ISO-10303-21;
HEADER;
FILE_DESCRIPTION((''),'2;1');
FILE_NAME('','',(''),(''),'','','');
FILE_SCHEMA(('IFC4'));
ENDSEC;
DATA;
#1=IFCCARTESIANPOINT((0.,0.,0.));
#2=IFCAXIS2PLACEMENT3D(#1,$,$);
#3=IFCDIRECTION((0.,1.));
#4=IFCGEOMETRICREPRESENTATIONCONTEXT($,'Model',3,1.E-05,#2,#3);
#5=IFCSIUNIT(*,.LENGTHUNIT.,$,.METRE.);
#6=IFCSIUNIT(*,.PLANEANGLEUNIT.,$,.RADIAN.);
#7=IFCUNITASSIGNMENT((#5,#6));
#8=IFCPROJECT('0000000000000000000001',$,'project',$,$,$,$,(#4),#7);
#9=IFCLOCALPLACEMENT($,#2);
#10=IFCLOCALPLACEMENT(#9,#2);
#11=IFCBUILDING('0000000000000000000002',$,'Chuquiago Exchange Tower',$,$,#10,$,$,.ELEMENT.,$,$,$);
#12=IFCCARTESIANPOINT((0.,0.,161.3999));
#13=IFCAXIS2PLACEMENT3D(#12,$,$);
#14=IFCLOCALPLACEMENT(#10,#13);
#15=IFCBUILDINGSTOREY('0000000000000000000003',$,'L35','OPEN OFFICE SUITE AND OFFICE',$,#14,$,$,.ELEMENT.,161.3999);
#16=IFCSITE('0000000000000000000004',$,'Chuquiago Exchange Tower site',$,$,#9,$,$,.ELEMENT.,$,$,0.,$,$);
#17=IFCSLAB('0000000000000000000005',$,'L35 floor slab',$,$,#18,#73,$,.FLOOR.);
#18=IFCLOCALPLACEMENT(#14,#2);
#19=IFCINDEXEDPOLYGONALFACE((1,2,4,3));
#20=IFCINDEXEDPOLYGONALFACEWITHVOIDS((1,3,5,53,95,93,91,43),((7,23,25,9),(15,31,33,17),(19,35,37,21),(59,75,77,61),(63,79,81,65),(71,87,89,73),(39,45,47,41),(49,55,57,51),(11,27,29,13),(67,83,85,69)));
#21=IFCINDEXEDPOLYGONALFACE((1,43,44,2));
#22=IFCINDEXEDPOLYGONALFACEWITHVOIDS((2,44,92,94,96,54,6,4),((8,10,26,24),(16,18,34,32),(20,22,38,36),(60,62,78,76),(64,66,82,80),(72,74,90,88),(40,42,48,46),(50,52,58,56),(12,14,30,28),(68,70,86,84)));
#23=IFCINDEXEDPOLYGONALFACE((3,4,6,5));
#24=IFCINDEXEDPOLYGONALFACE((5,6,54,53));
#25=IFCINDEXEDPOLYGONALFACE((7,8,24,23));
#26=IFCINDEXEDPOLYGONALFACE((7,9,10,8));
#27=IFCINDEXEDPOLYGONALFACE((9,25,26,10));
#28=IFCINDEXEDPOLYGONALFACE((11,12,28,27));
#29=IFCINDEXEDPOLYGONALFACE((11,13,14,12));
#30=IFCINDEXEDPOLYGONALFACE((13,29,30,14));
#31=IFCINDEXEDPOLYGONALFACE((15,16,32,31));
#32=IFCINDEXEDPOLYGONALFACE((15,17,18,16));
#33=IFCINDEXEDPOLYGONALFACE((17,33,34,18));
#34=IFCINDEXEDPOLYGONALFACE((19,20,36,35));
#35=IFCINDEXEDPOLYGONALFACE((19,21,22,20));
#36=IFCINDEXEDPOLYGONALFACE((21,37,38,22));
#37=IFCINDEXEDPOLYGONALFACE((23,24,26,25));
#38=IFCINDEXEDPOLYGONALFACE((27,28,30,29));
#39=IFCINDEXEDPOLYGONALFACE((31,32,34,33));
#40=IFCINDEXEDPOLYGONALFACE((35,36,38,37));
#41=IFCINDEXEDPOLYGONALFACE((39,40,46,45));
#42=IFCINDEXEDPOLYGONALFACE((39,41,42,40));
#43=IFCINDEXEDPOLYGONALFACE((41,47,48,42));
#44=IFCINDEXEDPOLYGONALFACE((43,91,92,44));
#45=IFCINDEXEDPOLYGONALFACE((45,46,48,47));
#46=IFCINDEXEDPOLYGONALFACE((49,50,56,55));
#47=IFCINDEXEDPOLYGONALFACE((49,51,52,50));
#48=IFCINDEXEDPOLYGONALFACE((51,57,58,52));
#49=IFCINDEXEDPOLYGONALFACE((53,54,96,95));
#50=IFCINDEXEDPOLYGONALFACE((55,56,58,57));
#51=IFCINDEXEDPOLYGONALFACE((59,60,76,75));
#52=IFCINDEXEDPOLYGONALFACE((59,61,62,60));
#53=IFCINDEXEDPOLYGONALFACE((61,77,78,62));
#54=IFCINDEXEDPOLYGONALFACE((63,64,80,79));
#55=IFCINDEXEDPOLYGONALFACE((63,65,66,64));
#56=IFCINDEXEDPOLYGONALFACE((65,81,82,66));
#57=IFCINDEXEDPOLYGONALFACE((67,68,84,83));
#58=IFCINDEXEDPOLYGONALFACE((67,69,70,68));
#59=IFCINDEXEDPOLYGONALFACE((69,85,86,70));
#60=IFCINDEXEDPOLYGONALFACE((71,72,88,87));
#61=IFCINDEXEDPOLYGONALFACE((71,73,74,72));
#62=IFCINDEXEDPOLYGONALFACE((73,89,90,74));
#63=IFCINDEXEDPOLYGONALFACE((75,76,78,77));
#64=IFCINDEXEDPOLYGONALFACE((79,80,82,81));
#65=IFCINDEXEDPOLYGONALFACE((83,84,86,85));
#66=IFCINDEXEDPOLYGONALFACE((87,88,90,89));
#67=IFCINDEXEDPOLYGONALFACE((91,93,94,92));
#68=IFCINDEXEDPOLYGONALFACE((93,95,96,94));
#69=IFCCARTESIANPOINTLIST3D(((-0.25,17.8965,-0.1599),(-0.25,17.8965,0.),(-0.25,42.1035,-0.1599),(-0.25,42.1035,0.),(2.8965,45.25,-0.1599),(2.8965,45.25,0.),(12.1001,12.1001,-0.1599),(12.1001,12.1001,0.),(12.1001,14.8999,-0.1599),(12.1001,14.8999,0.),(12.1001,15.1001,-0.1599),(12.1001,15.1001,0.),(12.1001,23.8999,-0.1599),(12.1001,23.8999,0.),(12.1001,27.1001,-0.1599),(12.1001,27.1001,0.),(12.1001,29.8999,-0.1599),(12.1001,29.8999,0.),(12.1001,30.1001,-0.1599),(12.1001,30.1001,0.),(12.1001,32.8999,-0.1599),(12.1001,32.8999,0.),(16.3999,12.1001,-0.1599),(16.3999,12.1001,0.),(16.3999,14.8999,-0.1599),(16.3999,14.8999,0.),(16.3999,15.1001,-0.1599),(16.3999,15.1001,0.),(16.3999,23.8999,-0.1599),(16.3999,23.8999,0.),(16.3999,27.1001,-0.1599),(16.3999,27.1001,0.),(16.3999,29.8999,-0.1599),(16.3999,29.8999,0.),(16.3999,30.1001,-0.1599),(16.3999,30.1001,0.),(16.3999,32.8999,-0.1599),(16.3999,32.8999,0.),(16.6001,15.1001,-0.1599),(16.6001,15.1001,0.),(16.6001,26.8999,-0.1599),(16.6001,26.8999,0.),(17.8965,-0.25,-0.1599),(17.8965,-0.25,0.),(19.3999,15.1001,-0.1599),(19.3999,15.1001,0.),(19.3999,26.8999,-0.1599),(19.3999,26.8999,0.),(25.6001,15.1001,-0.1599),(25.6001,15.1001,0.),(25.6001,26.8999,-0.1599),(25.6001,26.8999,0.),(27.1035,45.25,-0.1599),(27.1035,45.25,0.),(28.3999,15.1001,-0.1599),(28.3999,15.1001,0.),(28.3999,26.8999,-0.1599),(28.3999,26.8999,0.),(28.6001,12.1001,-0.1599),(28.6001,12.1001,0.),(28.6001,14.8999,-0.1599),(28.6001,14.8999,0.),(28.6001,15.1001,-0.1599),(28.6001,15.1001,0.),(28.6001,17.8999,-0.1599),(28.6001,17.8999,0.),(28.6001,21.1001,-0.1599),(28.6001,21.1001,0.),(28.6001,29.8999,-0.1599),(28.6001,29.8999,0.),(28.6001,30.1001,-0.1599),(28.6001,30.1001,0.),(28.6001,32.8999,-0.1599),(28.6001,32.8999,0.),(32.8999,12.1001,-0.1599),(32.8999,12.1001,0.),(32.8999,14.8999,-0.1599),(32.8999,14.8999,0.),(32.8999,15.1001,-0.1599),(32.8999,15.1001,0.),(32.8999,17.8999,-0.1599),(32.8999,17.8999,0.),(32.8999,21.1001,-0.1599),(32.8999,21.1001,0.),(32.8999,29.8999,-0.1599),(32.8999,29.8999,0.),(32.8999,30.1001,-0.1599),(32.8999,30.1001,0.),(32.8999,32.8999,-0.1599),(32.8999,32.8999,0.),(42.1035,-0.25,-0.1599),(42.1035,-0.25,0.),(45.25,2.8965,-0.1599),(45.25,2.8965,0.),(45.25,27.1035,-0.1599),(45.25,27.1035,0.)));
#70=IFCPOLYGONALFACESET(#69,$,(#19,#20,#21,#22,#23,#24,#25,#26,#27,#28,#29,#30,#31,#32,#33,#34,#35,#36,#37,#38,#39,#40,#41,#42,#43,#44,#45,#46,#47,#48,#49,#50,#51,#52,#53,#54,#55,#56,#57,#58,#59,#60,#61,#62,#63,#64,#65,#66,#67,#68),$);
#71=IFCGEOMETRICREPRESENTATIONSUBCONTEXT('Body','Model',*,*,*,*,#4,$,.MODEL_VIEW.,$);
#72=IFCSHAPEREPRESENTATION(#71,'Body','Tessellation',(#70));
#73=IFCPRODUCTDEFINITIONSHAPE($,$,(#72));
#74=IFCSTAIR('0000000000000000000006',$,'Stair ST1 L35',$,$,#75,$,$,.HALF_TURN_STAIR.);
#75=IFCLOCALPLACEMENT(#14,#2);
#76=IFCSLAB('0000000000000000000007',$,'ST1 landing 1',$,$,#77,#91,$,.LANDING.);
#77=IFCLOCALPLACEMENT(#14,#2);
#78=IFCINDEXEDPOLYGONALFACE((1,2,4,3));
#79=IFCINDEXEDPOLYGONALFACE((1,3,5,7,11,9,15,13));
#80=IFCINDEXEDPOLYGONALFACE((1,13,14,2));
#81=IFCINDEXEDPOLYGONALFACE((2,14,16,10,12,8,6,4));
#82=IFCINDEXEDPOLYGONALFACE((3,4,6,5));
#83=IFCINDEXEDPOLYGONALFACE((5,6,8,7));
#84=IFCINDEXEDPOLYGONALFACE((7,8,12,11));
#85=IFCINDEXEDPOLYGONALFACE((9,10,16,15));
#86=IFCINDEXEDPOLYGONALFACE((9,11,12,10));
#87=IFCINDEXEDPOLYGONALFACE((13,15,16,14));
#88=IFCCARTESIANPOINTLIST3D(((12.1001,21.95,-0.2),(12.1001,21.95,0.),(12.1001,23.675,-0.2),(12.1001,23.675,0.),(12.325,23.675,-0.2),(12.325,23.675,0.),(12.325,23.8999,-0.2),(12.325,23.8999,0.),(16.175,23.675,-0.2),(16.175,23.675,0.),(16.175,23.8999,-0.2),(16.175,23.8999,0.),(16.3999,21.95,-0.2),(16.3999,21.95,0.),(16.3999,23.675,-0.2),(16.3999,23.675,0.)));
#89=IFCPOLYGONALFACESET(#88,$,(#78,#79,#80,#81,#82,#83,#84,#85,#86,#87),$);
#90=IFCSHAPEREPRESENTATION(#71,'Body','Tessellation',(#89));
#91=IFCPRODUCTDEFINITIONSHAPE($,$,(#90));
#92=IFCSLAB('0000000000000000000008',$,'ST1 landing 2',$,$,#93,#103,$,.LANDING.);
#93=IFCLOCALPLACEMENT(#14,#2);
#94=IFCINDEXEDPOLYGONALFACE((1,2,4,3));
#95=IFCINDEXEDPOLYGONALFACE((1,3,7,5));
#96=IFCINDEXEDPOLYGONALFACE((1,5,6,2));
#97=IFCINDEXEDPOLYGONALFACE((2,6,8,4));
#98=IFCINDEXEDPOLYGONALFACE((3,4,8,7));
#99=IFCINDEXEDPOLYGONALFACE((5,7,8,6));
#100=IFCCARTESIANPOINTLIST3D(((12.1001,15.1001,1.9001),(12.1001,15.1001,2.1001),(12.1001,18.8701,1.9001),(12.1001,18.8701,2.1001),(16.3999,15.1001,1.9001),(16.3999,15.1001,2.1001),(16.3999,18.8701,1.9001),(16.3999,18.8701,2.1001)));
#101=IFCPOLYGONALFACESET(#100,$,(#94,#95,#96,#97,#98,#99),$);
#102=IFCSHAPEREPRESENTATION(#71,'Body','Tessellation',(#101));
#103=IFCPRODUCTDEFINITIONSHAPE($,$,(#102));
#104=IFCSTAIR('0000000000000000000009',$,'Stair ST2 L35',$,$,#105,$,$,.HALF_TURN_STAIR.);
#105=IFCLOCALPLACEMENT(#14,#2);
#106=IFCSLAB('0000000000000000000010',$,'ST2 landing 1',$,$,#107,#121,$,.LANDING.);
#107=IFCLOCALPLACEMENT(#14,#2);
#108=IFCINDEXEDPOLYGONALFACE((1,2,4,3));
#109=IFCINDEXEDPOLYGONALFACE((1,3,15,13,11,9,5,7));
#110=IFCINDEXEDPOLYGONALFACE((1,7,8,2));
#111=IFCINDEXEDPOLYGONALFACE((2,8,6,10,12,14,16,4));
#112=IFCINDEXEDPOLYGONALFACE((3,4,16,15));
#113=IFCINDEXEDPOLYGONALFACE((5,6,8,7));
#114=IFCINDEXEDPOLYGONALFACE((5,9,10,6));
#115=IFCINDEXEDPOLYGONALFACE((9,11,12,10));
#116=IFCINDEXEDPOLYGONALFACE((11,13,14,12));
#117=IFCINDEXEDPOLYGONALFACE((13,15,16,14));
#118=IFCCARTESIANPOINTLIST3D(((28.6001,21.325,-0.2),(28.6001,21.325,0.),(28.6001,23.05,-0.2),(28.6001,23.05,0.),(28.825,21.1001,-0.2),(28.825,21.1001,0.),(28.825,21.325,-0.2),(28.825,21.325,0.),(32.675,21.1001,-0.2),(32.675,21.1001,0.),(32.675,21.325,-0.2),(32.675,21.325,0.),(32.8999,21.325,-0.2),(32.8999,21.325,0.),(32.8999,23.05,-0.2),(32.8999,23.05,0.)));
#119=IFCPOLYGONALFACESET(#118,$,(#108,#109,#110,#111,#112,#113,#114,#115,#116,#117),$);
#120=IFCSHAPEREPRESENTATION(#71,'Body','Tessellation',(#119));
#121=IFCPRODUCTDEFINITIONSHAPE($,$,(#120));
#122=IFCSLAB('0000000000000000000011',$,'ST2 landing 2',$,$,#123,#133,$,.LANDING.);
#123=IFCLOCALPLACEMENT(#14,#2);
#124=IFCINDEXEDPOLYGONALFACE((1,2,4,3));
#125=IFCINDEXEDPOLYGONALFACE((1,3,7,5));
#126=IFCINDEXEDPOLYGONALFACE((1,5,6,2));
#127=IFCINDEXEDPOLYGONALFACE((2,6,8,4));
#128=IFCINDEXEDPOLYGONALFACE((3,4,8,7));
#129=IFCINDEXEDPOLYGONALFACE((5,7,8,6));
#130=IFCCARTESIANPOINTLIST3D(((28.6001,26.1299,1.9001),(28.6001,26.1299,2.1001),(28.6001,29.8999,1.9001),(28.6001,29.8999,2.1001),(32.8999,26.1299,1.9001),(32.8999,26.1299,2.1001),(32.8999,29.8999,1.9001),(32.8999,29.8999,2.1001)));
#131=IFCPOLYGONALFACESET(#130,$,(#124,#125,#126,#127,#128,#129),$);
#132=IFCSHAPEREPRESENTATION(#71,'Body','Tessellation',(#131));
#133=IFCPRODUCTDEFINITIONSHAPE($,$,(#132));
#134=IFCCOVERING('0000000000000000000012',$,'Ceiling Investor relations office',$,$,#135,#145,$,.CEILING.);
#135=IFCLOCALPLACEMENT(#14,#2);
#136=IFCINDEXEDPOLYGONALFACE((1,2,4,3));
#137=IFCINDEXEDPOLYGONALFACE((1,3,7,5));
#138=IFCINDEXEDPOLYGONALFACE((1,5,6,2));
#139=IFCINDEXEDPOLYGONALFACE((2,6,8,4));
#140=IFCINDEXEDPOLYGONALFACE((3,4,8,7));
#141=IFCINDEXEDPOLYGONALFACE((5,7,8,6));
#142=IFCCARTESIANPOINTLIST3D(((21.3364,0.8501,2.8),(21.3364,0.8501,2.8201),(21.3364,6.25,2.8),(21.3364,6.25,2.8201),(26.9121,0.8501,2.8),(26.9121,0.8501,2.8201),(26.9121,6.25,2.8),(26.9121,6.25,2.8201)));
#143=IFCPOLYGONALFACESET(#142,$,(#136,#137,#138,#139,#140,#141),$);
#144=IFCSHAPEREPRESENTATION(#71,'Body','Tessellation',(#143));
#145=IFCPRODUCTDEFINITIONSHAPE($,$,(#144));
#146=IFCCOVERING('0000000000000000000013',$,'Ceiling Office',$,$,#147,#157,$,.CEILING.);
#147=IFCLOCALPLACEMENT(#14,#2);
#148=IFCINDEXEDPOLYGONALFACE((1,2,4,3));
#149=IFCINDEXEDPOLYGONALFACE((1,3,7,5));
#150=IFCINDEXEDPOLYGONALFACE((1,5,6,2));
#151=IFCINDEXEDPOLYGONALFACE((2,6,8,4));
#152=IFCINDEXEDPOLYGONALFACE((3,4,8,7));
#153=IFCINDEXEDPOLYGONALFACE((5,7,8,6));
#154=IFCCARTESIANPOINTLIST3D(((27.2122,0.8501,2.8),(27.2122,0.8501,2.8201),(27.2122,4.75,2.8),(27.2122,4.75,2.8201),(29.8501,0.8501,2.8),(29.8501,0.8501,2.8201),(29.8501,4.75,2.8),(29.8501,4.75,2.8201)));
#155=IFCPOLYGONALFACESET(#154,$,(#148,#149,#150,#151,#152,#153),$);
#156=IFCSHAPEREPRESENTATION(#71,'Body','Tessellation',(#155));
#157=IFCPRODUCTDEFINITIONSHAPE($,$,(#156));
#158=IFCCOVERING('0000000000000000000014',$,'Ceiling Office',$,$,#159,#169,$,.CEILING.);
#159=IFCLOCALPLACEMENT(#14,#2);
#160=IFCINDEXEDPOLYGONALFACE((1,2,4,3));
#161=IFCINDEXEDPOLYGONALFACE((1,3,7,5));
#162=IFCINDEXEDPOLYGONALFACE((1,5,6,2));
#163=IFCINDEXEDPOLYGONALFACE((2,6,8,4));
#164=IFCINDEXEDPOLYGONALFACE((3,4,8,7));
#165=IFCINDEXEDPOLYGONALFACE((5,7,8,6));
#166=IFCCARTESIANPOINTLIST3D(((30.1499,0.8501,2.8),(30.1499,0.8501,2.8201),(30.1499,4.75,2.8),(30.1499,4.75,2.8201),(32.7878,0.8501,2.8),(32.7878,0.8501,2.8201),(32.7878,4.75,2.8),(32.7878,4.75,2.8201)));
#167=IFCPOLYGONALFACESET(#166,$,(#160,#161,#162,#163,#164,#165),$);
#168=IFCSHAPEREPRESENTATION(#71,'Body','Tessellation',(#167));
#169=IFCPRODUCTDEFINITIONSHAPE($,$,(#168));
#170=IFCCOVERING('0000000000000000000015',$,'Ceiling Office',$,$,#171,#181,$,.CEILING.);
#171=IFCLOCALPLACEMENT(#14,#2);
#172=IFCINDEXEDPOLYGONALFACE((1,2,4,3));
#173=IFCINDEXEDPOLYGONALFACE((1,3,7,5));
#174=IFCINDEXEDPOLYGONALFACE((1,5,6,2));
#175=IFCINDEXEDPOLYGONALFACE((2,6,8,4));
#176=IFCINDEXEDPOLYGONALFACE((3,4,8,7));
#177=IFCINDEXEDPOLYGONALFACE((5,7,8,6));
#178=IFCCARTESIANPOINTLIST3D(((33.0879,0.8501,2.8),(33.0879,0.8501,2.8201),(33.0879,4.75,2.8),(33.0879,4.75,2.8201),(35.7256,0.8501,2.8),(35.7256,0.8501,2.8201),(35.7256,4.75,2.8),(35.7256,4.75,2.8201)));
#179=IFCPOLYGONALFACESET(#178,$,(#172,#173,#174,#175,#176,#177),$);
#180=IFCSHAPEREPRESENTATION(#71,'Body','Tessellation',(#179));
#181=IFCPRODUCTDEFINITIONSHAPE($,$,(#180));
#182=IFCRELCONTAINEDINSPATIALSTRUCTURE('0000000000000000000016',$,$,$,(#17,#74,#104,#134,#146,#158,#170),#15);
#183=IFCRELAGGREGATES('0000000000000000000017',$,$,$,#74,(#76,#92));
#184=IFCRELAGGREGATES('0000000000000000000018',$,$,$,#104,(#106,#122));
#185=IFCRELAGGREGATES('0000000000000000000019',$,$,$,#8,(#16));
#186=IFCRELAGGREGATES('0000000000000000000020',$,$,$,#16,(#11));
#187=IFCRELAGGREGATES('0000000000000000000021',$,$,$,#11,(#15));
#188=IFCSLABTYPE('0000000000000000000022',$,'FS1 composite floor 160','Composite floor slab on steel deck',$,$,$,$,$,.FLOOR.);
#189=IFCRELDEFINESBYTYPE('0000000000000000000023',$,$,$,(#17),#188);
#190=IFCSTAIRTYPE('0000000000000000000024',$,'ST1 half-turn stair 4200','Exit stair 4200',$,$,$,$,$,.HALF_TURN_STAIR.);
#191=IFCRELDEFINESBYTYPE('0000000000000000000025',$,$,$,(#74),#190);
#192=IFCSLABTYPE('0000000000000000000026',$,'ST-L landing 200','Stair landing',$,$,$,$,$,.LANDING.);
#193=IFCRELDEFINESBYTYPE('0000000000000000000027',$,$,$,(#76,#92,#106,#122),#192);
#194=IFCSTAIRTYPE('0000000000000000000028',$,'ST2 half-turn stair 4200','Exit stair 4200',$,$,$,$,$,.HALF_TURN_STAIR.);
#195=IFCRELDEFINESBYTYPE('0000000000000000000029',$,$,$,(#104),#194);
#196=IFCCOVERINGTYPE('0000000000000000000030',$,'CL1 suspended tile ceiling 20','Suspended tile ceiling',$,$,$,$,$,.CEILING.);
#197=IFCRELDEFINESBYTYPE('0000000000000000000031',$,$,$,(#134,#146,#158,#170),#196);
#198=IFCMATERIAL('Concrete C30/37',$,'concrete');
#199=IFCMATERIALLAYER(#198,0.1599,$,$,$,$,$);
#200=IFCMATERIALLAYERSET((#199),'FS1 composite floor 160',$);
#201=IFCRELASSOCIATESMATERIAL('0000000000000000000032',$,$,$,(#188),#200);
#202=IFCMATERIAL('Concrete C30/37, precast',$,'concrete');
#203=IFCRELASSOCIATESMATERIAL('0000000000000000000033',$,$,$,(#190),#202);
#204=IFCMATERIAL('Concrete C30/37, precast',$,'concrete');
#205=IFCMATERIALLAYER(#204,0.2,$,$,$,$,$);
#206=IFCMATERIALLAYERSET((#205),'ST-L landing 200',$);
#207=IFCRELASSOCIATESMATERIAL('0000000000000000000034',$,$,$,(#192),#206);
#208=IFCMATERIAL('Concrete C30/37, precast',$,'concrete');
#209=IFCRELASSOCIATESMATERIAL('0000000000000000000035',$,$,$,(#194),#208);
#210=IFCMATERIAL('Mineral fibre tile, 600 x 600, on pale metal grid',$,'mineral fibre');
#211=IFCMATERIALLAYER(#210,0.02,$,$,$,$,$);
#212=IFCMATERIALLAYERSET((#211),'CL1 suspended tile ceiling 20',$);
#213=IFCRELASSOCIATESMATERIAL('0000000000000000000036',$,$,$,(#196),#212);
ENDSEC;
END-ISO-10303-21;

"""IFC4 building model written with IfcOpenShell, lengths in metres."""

from ifc_helpers import new_model, si_unit, direction, frame, origin, place, context, subcontext, project, spatial, polyline, outline, extrude, material, layer, layer_set, type_object, element, aggregate, save


model = new_model("IFC4")

# Units and contexts
model_context = context("Model", 3, precision=1e-05, world=origin(), true_north=direction((0.0, 1.0)))
body_context = subcontext(model_context, "Body", "Model", "MODEL_VIEW")
ifc_project = project(units=[si_unit("LENGTHUNIT", "METRE"), si_unit("PLANEANGLEUNIT", "RADIAN")], contexts=[model_context])

# Site, building, storey
site_placement = place(None, origin())
site = spatial("IfcSite", under=ifc_project, at=site_placement, Name="Chuquiago Exchange Tower site", CompositionType="ELEMENT", RefElevation=0.0)
building_placement = place(site_placement, origin())
building = spatial("IfcBuilding", under=site, at=building_placement, Name="Chuquiago Exchange Tower", CompositionType="ELEMENT")
storey_placement = place(building_placement, frame((0.0, 0.0, 161.3999)))
storey = spatial("IfcBuildingStorey", under=building, at=storey_placement, Name="L35", Description="OPEN OFFICE SUITE AND OFFICE", CompositionType="ELEMENT", Elevation=161.3999)

# Slab
ifc_material_1 = material(Name="Concrete C30/37", Category="concrete")
ifc_layer_1 = layer(ifc_material_1, 0.1599)
ifc_layer_set_1 = layer_set([ifc_layer_1], Name="FS1 composite floor 160")
slab_type_1 = type_object("IfcSlabType", Name="FS1 composite floor 160", Description="Composite floor slab on steel deck", PredefinedType="FLOOR", material=ifc_layer_set_1)
slab_1_placement = place(storey_placement, frame((0.0, 0.0, -0.1599)))
element("IfcSlab", 1, at=slab_1_placement, inside=storey, type_object=slab_type_1, Name="L35 floor slab", PredefinedType="FLOOR", context=body_context, shape_type="SweptSolid", body=[
    extrude(outline(polyline([(17.8965, -0.25), (-0.25, 17.8965), (-0.25, 42.1035), (2.8965, 45.25), (27.1035, 45.25), (45.25, 27.1035), (45.25, 2.8965), (42.1035, -0.25), (17.8965, -0.25)]), holes=[polyline([(16.3999, 15.1001), (12.1001, 15.1001), (12.1001, 23.8999), (16.3999, 23.8999), (16.3999, 15.1001)]), polyline([(32.8999, 21.1001), (28.6001, 21.1001), (28.6001, 29.8999), (32.8999, 29.8999), (32.8999, 21.1001)]), polyline([(16.3999, 12.1001), (12.1001, 12.1001), (12.1001, 14.8999), (16.3999, 14.8999), (16.3999, 12.1001)]), polyline([(16.3999, 30.1001), (12.1001, 30.1001), (12.1001, 32.8999), (16.3999, 32.8999), (16.3999, 30.1001)]), polyline([(32.8999, 12.1001), (28.6001, 12.1001), (28.6001, 14.8999), (32.8999, 14.8999), (32.8999, 12.1001)]), polyline([(32.8999, 30.1001), (28.6001, 30.1001), (28.6001, 32.8999), (32.8999, 32.8999), (32.8999, 30.1001)]), polyline([(16.3999, 27.1001), (12.1001, 27.1001), (12.1001, 29.8999), (16.3999, 29.8999), (16.3999, 27.1001)]), polyline([(32.8999, 15.1001), (28.6001, 15.1001), (28.6001, 17.8999), (32.8999, 17.8999), (32.8999, 15.1001)]), polyline([(19.3999, 15.1001), (16.6001, 15.1001), (16.6001, 26.8999), (19.3999, 26.8999), (19.3999, 15.1001)]), polyline([(28.3999, 15.1001), (25.6001, 15.1001), (25.6001, 26.8999), (28.3999, 26.8999), (28.3999, 15.1001)])]), origin(), (0.0, 0.0, 1.0), 0.1599),
])

# Stairs, slabs
ifc_material_2 = material(Name="Concrete C30/37, precast", Category="concrete")
stair_type_1 = type_object("IfcStairType", Name="ST1 half-turn stair 4200", Description="Exit stair 4200", PredefinedType="HALF_TURN_STAIR", material=ifc_material_2)
stair_1_placement = place(storey_placement, origin())
stair_1 = element("IfcStair", 2, at=stair_1_placement, inside=storey, type_object=stair_type_1, Name="Stair ST1 L35", PredefinedType="HALF_TURN_STAIR")
ifc_material_3 = material(Name="Concrete C30/37, precast", Category="concrete")
ifc_layer_2 = layer(ifc_material_3, 0.2)
ifc_layer_set_2 = layer_set([ifc_layer_2], Name="ST-L landing 200")
slab_type_2 = type_object("IfcSlabType", Name="ST-L landing 200", Description="Stair landing", PredefinedType="LANDING", material=ifc_layer_set_2)
slab_2_placement = place(storey_placement, frame((0.0, 0.0, -0.2)))
slab_2 = element("IfcSlab", 3, at=slab_2_placement, type_object=slab_type_2, Name="ST1 landing 1", PredefinedType="LANDING", context=body_context, shape_type="SweptSolid", body=[
    extrude(outline(polyline([(12.325, 23.8999), (16.175, 23.8999), (16.175, 23.675), (16.3999, 23.675), (16.3999, 21.95), (12.1001, 21.95), (12.1001, 23.675), (12.325, 23.675), (12.325, 23.8999)])), origin(), (0.0, 0.0, 1.0), 0.2),
])
slab_3_placement = place(storey_placement, frame((0.0, 0.0, 1.9001)))
slab_3 = element("IfcSlab", 4, at=slab_3_placement, type_object=slab_type_2, Name="ST1 landing 2", PredefinedType="LANDING", context=body_context, shape_type="SweptSolid", body=[
    extrude(outline(polyline([(12.1001, 18.8701), (16.3999, 18.8701), (16.3999, 15.1001), (12.1001, 15.1001), (12.1001, 18.8701)])), origin(), (0.0, 0.0, 1.0), 0.2),
])
aggregate(stair_1, [slab_2, slab_3])
ifc_material_4 = material(Name="Concrete C30/37, precast", Category="concrete")
stair_type_2 = type_object("IfcStairType", Name="ST2 half-turn stair 4200", Description="Exit stair 4200", PredefinedType="HALF_TURN_STAIR", material=ifc_material_4)
stair_2_placement = place(storey_placement, origin())
stair_2 = element("IfcStair", 5, at=stair_2_placement, inside=storey, type_object=stair_type_2, Name="Stair ST2 L35", PredefinedType="HALF_TURN_STAIR")
slab_4_placement = place(storey_placement, frame((0.0, 0.0, -0.2)))
slab_4 = element("IfcSlab", 6, at=slab_4_placement, type_object=slab_type_2, Name="ST2 landing 1", PredefinedType="LANDING", context=body_context, shape_type="SweptSolid", body=[
    extrude(outline(polyline([(32.675, 21.325), (32.675, 21.1001), (28.825, 21.1001), (28.825, 21.325), (28.6001, 21.325), (28.6001, 23.05), (32.8999, 23.05), (32.8999, 21.325), (32.675, 21.325)])), origin(), (0.0, 0.0, 1.0), 0.2),
])
slab_5_placement = place(storey_placement, frame((0.0, 0.0, 1.9001)))
slab_5 = element("IfcSlab", 7, at=slab_5_placement, type_object=slab_type_2, Name="ST2 landing 2", PredefinedType="LANDING", context=body_context, shape_type="SweptSolid", body=[
    extrude(outline(polyline([(28.6001, 29.8999), (32.8999, 29.8999), (32.8999, 26.1299), (28.6001, 26.1299), (28.6001, 29.8999)])), origin(), (0.0, 0.0, 1.0), 0.2),
])
aggregate(stair_2, [slab_4, slab_5])

# Coverings
ifc_material_5 = material(Name="Mineral fibre tile, 600 x 600, on pale metal grid", Category="mineral fibre")
ifc_layer_3 = layer(ifc_material_5, 0.02)
ifc_layer_set_3 = layer_set([ifc_layer_3], Name="CL1 suspended tile ceiling 20")
covering_type_1 = type_object("IfcCoveringType", Name="CL1 suspended tile ceiling 20", Description="Suspended tile ceiling", PredefinedType="CEILING", material=ifc_layer_set_3)
covering_1_placement = place(storey_placement, frame((0.0, 0.0, 2.8)))
element("IfcCovering", 8, at=covering_1_placement, inside=storey, type_object=covering_type_1, Name="Ceiling Investor relations office", PredefinedType="CEILING", context=body_context, shape_type="SweptSolid", body=[
    extrude(outline(polyline([(21.3364, 6.25), (26.9121, 6.25), (26.9121, 0.8501), (21.3364, 0.8501), (21.3364, 6.25)])), origin(), (0.0, 0.0, 1.0), 0.02),
])
covering_2_placement = place(storey_placement, frame((0.0, 0.0, 2.8)))
element("IfcCovering", 9, at=covering_2_placement, inside=storey, type_object=covering_type_1, Name="Ceiling Office", PredefinedType="CEILING", context=body_context, shape_type="SweptSolid", body=[
    extrude(outline(polyline([(27.2122, 4.75), (29.8501, 4.75), (29.8501, 0.8501), (27.2122, 0.8501), (27.2122, 4.75)])), origin(), (0.0, 0.0, 1.0), 0.02),
])
covering_3_placement = place(storey_placement, frame((0.0, 0.0, 2.8)))
element("IfcCovering", 10, at=covering_3_placement, inside=storey, type_object=covering_type_1, Name="Ceiling Office", PredefinedType="CEILING", context=body_context, shape_type="SweptSolid", body=[
    extrude(outline(polyline([(30.1499, 4.75), (32.7878, 4.75), (32.7878, 0.8501), (30.1499, 0.8501), (30.1499, 4.75)])), origin(), (0.0, 0.0, 1.0), 0.02),
])
covering_4_placement = place(storey_placement, frame((0.0, 0.0, 2.8)))
element("IfcCovering", 11, at=covering_4_placement, inside=storey, type_object=covering_type_1, Name="Ceiling Office", PredefinedType="CEILING", context=body_context, shape_type="SweptSolid", body=[
    extrude(outline(polyline([(33.0879, 4.75), (35.7256, 4.75), (35.7256, 0.8501), (33.0879, 0.8501), (33.0879, 4.75)])), origin(), (0.0, 0.0, 1.0), 0.02),
])

save(model, "model.ifc")
